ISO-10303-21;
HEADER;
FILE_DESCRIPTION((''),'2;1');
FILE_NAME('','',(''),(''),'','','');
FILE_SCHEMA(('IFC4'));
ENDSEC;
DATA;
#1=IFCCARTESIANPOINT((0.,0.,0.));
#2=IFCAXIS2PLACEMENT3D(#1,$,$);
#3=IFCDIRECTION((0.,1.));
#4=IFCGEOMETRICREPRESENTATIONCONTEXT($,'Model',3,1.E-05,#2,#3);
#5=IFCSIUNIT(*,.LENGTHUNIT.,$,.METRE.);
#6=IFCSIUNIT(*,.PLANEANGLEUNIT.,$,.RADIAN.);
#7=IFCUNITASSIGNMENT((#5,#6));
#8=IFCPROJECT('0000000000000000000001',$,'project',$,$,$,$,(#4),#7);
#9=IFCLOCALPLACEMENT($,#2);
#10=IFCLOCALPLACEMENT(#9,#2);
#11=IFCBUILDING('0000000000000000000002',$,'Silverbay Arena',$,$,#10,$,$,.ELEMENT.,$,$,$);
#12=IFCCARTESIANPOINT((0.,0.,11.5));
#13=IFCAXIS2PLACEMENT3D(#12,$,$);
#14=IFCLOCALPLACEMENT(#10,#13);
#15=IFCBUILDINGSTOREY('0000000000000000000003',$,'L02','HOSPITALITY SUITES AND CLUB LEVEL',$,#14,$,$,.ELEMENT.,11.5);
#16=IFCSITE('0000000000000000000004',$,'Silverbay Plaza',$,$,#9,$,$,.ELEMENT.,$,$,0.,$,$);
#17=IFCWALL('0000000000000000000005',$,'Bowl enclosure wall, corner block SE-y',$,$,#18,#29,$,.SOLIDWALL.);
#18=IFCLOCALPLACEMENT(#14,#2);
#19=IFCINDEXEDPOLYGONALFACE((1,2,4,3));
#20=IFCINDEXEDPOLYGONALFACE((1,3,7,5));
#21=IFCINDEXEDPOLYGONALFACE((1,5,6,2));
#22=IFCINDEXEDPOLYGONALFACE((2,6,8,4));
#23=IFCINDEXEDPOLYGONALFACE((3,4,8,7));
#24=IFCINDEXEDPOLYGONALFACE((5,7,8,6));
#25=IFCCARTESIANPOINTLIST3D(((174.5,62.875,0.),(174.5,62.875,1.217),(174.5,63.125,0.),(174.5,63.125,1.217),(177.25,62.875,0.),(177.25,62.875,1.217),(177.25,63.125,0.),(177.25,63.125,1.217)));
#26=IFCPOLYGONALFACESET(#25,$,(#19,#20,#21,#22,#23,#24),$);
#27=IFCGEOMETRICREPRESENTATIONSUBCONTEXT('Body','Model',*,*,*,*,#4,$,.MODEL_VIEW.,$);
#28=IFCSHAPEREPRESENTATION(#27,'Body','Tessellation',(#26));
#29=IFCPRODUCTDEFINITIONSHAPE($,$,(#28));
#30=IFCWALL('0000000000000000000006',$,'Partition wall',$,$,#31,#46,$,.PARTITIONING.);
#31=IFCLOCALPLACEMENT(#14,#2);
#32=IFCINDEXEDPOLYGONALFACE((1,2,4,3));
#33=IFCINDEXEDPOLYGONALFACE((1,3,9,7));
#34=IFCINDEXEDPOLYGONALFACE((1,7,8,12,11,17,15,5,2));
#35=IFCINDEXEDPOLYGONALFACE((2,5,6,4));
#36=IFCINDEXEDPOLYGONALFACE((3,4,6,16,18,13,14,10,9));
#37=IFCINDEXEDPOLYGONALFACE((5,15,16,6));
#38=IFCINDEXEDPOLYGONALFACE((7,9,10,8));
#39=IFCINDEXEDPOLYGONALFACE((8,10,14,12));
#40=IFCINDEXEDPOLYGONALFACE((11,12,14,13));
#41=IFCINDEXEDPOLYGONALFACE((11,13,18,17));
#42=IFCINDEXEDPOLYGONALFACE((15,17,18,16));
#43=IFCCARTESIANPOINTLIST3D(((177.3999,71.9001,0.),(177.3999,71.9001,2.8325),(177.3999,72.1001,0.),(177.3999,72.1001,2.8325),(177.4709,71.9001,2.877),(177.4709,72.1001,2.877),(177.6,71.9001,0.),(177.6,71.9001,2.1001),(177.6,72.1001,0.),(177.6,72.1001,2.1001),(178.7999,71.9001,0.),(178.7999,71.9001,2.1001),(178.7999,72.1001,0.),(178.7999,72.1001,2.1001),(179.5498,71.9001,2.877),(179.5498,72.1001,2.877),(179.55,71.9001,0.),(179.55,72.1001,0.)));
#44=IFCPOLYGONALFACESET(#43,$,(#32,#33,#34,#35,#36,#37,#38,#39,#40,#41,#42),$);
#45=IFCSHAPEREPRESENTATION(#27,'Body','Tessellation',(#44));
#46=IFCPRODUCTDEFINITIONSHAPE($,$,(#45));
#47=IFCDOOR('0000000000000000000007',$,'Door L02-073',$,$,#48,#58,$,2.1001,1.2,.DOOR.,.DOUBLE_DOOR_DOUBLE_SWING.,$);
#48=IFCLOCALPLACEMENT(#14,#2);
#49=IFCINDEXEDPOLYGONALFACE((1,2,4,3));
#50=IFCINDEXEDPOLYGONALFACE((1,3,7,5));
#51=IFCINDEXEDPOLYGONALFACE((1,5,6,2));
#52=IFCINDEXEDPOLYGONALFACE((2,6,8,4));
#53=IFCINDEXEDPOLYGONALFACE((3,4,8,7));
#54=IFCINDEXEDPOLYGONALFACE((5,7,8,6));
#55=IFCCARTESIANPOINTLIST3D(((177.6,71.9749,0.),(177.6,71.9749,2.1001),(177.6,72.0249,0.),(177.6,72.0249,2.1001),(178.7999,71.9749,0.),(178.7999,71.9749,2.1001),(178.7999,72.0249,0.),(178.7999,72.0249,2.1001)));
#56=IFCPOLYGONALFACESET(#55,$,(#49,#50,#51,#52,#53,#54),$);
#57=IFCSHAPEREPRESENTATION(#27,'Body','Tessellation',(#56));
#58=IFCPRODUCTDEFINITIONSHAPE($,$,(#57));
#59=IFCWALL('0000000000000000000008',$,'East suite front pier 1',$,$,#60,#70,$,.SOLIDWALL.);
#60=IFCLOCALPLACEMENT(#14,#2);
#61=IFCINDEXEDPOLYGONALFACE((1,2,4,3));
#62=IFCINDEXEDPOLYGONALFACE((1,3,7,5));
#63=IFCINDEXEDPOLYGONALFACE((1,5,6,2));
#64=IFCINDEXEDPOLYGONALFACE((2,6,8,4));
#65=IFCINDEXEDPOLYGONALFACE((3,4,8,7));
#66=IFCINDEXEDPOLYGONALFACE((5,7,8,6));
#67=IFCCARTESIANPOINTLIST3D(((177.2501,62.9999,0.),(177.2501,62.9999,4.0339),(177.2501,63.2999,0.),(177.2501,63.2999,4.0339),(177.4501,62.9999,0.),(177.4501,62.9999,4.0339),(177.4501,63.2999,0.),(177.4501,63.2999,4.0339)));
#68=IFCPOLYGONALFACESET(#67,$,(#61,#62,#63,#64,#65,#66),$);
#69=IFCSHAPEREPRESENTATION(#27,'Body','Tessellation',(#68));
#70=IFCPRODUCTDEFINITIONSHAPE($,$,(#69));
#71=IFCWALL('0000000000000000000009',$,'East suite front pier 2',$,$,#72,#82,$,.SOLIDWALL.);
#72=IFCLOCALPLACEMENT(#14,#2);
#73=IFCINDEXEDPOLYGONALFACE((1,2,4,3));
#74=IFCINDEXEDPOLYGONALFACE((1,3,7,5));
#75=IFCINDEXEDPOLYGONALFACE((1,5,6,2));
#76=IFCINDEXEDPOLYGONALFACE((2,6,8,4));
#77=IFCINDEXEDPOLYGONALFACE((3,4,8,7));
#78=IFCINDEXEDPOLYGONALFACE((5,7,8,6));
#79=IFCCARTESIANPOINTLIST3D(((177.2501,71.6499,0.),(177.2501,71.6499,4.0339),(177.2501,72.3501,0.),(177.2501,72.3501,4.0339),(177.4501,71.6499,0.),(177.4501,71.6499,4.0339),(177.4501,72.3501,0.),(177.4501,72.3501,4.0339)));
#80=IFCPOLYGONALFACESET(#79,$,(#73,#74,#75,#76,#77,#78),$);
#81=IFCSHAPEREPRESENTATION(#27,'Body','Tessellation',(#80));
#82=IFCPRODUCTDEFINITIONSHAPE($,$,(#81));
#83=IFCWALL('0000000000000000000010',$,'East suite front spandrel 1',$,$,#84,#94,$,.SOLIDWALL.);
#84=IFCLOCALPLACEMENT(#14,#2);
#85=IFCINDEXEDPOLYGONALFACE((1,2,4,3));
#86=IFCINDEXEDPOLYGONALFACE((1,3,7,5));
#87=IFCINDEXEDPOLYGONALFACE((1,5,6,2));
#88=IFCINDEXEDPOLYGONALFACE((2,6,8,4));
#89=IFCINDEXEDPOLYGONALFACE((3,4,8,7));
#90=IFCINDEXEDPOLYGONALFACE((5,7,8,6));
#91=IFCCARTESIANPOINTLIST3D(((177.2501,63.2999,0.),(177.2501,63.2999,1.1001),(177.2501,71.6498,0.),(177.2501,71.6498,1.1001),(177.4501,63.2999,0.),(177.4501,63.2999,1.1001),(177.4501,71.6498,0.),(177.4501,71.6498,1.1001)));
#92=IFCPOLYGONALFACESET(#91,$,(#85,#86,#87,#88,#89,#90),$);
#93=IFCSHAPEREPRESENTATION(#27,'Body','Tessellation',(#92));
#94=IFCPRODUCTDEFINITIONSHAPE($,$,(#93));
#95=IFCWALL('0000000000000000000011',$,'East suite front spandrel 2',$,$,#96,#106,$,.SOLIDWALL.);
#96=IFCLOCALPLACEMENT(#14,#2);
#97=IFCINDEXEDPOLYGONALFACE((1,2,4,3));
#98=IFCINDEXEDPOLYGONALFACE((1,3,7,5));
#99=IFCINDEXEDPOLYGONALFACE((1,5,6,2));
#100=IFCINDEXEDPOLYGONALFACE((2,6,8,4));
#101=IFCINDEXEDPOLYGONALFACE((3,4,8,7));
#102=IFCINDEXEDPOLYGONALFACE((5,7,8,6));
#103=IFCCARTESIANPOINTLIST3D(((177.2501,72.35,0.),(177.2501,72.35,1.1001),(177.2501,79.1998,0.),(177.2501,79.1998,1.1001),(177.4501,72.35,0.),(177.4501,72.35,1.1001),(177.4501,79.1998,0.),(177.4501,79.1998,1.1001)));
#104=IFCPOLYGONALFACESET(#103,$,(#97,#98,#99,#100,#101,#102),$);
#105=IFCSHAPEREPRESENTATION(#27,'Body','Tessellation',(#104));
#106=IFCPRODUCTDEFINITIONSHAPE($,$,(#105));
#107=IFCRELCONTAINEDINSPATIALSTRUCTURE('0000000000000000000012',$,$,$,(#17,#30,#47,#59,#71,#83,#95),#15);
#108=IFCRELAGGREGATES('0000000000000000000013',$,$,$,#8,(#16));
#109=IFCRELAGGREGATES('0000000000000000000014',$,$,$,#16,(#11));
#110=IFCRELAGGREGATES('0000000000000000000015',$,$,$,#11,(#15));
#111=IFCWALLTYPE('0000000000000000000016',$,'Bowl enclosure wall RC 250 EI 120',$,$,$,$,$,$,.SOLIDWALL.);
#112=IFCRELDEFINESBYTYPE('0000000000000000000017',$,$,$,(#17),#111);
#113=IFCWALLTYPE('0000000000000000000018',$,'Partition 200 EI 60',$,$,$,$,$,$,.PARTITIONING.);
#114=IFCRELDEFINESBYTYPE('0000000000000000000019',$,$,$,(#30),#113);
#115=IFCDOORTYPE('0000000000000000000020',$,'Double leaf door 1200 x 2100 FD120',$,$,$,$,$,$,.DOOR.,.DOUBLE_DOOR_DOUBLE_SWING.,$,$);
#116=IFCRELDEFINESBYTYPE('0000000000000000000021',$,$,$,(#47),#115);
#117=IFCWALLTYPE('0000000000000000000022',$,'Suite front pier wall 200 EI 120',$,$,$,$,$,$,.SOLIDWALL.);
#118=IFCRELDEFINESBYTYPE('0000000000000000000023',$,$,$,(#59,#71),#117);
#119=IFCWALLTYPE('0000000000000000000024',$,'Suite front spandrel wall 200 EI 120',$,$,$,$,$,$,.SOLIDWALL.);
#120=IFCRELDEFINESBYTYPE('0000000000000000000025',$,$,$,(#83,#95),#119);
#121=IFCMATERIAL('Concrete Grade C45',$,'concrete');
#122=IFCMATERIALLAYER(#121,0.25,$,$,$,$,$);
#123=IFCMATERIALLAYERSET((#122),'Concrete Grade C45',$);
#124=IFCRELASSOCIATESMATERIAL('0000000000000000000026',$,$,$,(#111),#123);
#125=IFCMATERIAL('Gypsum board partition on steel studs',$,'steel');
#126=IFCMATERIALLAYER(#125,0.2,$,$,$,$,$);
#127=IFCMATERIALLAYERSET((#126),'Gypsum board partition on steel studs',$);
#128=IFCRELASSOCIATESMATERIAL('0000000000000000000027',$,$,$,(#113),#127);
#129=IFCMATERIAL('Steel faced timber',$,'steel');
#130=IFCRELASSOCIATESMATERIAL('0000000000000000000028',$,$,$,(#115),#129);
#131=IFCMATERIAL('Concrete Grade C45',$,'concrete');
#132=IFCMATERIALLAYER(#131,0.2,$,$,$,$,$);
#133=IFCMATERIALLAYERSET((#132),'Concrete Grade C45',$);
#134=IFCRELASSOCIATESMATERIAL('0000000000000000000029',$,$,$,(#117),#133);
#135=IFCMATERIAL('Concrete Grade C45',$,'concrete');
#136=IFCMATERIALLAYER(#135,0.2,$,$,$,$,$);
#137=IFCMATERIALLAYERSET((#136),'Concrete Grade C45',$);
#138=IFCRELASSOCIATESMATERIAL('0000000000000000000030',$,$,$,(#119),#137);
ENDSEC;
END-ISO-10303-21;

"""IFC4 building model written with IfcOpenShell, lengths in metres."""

from ifc_helpers import new_model, si_unit, direction, frame, frame_2d, origin, place, context, subcontext, project, spatial, polyline, rectangle, outline, extrude, material, layer, layer_set, type_object, element, fill, save


model = new_model("IFC4")

# Units and contexts
model_context = context("Model", 3, precision=1e-05, world=origin(), true_north=direction((0.0, 1.0)))
body_context = subcontext(model_context, "Body", "Model", "MODEL_VIEW")
ifc_project = project(units=[si_unit("LENGTHUNIT", "METRE"), si_unit("PLANEANGLEUNIT", "RADIAN")], contexts=[model_context])

# Site, building, storey
site_placement = place(None, origin())
site = spatial("IfcSite", under=ifc_project, at=site_placement, Name="Silverbay Plaza", CompositionType="ELEMENT", RefElevation=0.0)
building_placement = place(site_placement, origin())
building = spatial("IfcBuilding", under=site, at=building_placement, Name="Silverbay Arena", CompositionType="ELEMENT")
storey_placement = place(building_placement, frame((0.0, 0.0, 11.5)))
storey = spatial("IfcBuildingStorey", under=building, at=storey_placement, Name="L02", Description="HOSPITALITY SUITES AND CLUB LEVEL", CompositionType="ELEMENT", Elevation=11.5)

# Wall
ifc_material_1 = material(Name="Concrete Grade C45", Category="concrete")
ifc_layer_1 = layer(ifc_material_1, 0.25)
ifc_layer_set_1 = layer_set([ifc_layer_1], Name="Concrete Grade C45")
wall_type_1 = type_object("IfcWallType", Name="Bowl enclosure wall RC 250 EI 120", PredefinedType="SOLIDWALL", material=ifc_layer_set_1)
wall_1_placement = place(storey_placement, frame((174.5, 63.0, 0.0), z_axis=(0.0, 0.0, 1.0), x_axis=(1.0, 0.0, 0.0)))
element("IfcWall", 1, at=wall_1_placement, inside=storey, type_object=wall_type_1, Name="Bowl enclosure wall, corner block SE-y", PredefinedType="SOLIDWALL", context=body_context, shape_type="SweptSolid", body=[
    extrude(rectangle(XDim=2.75, YDim=0.25, at=frame_2d((1.375, 0.0))), origin(), (0.0, 0.0, 1.0), 1.217),
])

# Wall, opening, door
ifc_material_2 = material(Name="Gypsum board partition on steel studs", Category="steel")
ifc_layer_2 = layer(ifc_material_2, 0.2)
ifc_layer_set_2 = layer_set([ifc_layer_2], Name="Gypsum board partition on steel studs")
wall_type_2 = type_object("IfcWallType", Name="Partition 200 EI 60", PredefinedType="PARTITIONING", material=ifc_layer_set_2)
wall_2_placement = place(storey_placement, frame((177.3999, 72.0, 0.0), z_axis=(0.0, 0.0, 1.0), x_axis=(1.0, 0.0, 0.0)))
wall_2 = element("IfcWall", 2, at=wall_2_placement, inside=storey, type_object=wall_type_2, Name="Partition wall", PredefinedType="PARTITIONING", context=body_context, shape_type="SweptSolid", body=[
    extrude(outline(polyline([(0.0, 0.0), (2.1501, 0.0), (2.1499, 2.877), (0.071, 2.877), (0.0, 2.8325), (0.0, 0.0)])), frame((0.0, 0.1001, 0.0), z_axis=(0.0, -1.0, 0.0), x_axis=(1.0, 0.0, 0.0)), (0.0, 0.0, 1.0), 0.2),
])
opening_placement = place(wall_2_placement, frame((0.2, 0.0, 0.0)))
opening = element("IfcOpeningElement", 3, at=opening_placement, cuts=wall_2, PredefinedType="OPENING", context=body_context, shape_type="SweptSolid", body=[
    extrude(rectangle(XDim=1.2, YDim=2.1001, at=frame_2d((0.6001, 1.05))), frame((0.0, 0.1099, 0.0), z_axis=(0.0, -1.0, 0.0), x_axis=(1.0, 0.0, 0.0)), (0.0, 0.0, 1.0), 0.22),
])
ifc_material_3 = material(Name="Steel faced timber", Category="steel")
door_type = type_object("IfcDoorType", Name="Double leaf door 1200 x 2100 FD120", OperationType="DOUBLE_DOOR_DOUBLE_SWING", PredefinedType="DOOR", material=ifc_material_3)
door_placement = place(opening_placement, origin())
door = element("IfcDoor", 4, at=door_placement, inside=storey, type_object=door_type, Name="Door L02-073", OperationType="DOUBLE_DOOR_DOUBLE_SWING", OverallHeight=2.1001, OverallWidth=1.2, PredefinedType="DOOR", context=body_context, shape_type="SweptSolid", body=[
    extrude(rectangle(XDim=1.2, YDim=2.1001, at=frame_2d((0.6001, 1.05))), frame((0.0, 0.0249, 0.0), z_axis=(0.0, -1.0, 0.0), x_axis=(1.0, 0.0, 0.0)), (0.0, 0.0, 1.0), 0.05),
])
fill(opening, door)

# Walls
ifc_material_4 = material(Name="Concrete Grade C45", Category="concrete")
ifc_layer_3 = layer(ifc_material_4, 0.2)
ifc_layer_set_3 = layer_set([ifc_layer_3], Name="Concrete Grade C45")
wall_type_3 = type_object("IfcWallType", Name="Suite front pier wall 200 EI 120", PredefinedType="SOLIDWALL", material=ifc_layer_set_3)
wall_3_placement = place(storey_placement, frame((177.3501, 63.0, 0.0), z_axis=(0.0, 0.0, 1.0), x_axis=(0.0, 1.0, 0.0)))
element("IfcWall", 5, at=wall_3_placement, inside=storey, type_object=wall_type_3, Name="East suite front pier 1", PredefinedType="SOLIDWALL", context=body_context, shape_type="SweptSolid", body=[
    extrude(rectangle(XDim=0.3, YDim=0.2, at=frame_2d((0.1499, 0.0))), origin(), (0.0, 0.0, 1.0), 4.0339),
])
wall_4_placement = place(storey_placement, frame((177.3501, 71.6499, 0.0), z_axis=(0.0, 0.0, 1.0), x_axis=(0.0, 1.0, 0.0)))
element("IfcWall", 6, at=wall_4_placement, inside=storey, type_object=wall_type_3, Name="East suite front pier 2", PredefinedType="SOLIDWALL", context=body_context, shape_type="SweptSolid", body=[
    extrude(rectangle(XDim=0.7002, YDim=0.2, at=frame_2d((0.3501, 0.0))), origin(), (0.0, 0.0, 1.0), 4.0339),
])
ifc_material_5 = material(Name="Concrete Grade C45", Category="concrete")
ifc_layer_4 = layer(ifc_material_5, 0.2)
ifc_layer_set_4 = layer_set([ifc_layer_4], Name="Concrete Grade C45")
wall_type_4 = type_object("IfcWallType", Name="Suite front spandrel wall 200 EI 120", PredefinedType="SOLIDWALL", material=ifc_layer_set_4)
wall_5_placement = place(storey_placement, frame((177.3501, 63.3, 0.0), z_axis=(0.0, 0.0, 1.0), x_axis=(0.0, 1.0, 0.0)))
element("IfcWall", 7, at=wall_5_placement, inside=storey, type_object=wall_type_4, Name="East suite front spandrel 1", PredefinedType="SOLIDWALL", context=body_context, shape_type="SweptSolid", body=[
    extrude(rectangle(XDim=8.3499, YDim=0.2, at=frame_2d((4.1748, 0.0))), origin(), (0.0, 0.0, 1.0), 1.1001),
])
wall_6_placement = place(storey_placement, frame((177.3501, 72.3501, 0.0), z_axis=(0.0, 0.0, 1.0), x_axis=(0.0, 1.0, 0.0)))
element("IfcWall", 8, at=wall_6_placement, inside=storey, type_object=wall_type_4, Name="East suite front spandrel 2", PredefinedType="SOLIDWALL", context=body_context, shape_type="SweptSolid", body=[
    extrude(rectangle(XDim=6.8499, YDim=0.2, at=frame_2d((3.4248, 0.0))), origin(), (0.0, 0.0, 1.0), 1.1001),
])

save(model, "model.ifc")
